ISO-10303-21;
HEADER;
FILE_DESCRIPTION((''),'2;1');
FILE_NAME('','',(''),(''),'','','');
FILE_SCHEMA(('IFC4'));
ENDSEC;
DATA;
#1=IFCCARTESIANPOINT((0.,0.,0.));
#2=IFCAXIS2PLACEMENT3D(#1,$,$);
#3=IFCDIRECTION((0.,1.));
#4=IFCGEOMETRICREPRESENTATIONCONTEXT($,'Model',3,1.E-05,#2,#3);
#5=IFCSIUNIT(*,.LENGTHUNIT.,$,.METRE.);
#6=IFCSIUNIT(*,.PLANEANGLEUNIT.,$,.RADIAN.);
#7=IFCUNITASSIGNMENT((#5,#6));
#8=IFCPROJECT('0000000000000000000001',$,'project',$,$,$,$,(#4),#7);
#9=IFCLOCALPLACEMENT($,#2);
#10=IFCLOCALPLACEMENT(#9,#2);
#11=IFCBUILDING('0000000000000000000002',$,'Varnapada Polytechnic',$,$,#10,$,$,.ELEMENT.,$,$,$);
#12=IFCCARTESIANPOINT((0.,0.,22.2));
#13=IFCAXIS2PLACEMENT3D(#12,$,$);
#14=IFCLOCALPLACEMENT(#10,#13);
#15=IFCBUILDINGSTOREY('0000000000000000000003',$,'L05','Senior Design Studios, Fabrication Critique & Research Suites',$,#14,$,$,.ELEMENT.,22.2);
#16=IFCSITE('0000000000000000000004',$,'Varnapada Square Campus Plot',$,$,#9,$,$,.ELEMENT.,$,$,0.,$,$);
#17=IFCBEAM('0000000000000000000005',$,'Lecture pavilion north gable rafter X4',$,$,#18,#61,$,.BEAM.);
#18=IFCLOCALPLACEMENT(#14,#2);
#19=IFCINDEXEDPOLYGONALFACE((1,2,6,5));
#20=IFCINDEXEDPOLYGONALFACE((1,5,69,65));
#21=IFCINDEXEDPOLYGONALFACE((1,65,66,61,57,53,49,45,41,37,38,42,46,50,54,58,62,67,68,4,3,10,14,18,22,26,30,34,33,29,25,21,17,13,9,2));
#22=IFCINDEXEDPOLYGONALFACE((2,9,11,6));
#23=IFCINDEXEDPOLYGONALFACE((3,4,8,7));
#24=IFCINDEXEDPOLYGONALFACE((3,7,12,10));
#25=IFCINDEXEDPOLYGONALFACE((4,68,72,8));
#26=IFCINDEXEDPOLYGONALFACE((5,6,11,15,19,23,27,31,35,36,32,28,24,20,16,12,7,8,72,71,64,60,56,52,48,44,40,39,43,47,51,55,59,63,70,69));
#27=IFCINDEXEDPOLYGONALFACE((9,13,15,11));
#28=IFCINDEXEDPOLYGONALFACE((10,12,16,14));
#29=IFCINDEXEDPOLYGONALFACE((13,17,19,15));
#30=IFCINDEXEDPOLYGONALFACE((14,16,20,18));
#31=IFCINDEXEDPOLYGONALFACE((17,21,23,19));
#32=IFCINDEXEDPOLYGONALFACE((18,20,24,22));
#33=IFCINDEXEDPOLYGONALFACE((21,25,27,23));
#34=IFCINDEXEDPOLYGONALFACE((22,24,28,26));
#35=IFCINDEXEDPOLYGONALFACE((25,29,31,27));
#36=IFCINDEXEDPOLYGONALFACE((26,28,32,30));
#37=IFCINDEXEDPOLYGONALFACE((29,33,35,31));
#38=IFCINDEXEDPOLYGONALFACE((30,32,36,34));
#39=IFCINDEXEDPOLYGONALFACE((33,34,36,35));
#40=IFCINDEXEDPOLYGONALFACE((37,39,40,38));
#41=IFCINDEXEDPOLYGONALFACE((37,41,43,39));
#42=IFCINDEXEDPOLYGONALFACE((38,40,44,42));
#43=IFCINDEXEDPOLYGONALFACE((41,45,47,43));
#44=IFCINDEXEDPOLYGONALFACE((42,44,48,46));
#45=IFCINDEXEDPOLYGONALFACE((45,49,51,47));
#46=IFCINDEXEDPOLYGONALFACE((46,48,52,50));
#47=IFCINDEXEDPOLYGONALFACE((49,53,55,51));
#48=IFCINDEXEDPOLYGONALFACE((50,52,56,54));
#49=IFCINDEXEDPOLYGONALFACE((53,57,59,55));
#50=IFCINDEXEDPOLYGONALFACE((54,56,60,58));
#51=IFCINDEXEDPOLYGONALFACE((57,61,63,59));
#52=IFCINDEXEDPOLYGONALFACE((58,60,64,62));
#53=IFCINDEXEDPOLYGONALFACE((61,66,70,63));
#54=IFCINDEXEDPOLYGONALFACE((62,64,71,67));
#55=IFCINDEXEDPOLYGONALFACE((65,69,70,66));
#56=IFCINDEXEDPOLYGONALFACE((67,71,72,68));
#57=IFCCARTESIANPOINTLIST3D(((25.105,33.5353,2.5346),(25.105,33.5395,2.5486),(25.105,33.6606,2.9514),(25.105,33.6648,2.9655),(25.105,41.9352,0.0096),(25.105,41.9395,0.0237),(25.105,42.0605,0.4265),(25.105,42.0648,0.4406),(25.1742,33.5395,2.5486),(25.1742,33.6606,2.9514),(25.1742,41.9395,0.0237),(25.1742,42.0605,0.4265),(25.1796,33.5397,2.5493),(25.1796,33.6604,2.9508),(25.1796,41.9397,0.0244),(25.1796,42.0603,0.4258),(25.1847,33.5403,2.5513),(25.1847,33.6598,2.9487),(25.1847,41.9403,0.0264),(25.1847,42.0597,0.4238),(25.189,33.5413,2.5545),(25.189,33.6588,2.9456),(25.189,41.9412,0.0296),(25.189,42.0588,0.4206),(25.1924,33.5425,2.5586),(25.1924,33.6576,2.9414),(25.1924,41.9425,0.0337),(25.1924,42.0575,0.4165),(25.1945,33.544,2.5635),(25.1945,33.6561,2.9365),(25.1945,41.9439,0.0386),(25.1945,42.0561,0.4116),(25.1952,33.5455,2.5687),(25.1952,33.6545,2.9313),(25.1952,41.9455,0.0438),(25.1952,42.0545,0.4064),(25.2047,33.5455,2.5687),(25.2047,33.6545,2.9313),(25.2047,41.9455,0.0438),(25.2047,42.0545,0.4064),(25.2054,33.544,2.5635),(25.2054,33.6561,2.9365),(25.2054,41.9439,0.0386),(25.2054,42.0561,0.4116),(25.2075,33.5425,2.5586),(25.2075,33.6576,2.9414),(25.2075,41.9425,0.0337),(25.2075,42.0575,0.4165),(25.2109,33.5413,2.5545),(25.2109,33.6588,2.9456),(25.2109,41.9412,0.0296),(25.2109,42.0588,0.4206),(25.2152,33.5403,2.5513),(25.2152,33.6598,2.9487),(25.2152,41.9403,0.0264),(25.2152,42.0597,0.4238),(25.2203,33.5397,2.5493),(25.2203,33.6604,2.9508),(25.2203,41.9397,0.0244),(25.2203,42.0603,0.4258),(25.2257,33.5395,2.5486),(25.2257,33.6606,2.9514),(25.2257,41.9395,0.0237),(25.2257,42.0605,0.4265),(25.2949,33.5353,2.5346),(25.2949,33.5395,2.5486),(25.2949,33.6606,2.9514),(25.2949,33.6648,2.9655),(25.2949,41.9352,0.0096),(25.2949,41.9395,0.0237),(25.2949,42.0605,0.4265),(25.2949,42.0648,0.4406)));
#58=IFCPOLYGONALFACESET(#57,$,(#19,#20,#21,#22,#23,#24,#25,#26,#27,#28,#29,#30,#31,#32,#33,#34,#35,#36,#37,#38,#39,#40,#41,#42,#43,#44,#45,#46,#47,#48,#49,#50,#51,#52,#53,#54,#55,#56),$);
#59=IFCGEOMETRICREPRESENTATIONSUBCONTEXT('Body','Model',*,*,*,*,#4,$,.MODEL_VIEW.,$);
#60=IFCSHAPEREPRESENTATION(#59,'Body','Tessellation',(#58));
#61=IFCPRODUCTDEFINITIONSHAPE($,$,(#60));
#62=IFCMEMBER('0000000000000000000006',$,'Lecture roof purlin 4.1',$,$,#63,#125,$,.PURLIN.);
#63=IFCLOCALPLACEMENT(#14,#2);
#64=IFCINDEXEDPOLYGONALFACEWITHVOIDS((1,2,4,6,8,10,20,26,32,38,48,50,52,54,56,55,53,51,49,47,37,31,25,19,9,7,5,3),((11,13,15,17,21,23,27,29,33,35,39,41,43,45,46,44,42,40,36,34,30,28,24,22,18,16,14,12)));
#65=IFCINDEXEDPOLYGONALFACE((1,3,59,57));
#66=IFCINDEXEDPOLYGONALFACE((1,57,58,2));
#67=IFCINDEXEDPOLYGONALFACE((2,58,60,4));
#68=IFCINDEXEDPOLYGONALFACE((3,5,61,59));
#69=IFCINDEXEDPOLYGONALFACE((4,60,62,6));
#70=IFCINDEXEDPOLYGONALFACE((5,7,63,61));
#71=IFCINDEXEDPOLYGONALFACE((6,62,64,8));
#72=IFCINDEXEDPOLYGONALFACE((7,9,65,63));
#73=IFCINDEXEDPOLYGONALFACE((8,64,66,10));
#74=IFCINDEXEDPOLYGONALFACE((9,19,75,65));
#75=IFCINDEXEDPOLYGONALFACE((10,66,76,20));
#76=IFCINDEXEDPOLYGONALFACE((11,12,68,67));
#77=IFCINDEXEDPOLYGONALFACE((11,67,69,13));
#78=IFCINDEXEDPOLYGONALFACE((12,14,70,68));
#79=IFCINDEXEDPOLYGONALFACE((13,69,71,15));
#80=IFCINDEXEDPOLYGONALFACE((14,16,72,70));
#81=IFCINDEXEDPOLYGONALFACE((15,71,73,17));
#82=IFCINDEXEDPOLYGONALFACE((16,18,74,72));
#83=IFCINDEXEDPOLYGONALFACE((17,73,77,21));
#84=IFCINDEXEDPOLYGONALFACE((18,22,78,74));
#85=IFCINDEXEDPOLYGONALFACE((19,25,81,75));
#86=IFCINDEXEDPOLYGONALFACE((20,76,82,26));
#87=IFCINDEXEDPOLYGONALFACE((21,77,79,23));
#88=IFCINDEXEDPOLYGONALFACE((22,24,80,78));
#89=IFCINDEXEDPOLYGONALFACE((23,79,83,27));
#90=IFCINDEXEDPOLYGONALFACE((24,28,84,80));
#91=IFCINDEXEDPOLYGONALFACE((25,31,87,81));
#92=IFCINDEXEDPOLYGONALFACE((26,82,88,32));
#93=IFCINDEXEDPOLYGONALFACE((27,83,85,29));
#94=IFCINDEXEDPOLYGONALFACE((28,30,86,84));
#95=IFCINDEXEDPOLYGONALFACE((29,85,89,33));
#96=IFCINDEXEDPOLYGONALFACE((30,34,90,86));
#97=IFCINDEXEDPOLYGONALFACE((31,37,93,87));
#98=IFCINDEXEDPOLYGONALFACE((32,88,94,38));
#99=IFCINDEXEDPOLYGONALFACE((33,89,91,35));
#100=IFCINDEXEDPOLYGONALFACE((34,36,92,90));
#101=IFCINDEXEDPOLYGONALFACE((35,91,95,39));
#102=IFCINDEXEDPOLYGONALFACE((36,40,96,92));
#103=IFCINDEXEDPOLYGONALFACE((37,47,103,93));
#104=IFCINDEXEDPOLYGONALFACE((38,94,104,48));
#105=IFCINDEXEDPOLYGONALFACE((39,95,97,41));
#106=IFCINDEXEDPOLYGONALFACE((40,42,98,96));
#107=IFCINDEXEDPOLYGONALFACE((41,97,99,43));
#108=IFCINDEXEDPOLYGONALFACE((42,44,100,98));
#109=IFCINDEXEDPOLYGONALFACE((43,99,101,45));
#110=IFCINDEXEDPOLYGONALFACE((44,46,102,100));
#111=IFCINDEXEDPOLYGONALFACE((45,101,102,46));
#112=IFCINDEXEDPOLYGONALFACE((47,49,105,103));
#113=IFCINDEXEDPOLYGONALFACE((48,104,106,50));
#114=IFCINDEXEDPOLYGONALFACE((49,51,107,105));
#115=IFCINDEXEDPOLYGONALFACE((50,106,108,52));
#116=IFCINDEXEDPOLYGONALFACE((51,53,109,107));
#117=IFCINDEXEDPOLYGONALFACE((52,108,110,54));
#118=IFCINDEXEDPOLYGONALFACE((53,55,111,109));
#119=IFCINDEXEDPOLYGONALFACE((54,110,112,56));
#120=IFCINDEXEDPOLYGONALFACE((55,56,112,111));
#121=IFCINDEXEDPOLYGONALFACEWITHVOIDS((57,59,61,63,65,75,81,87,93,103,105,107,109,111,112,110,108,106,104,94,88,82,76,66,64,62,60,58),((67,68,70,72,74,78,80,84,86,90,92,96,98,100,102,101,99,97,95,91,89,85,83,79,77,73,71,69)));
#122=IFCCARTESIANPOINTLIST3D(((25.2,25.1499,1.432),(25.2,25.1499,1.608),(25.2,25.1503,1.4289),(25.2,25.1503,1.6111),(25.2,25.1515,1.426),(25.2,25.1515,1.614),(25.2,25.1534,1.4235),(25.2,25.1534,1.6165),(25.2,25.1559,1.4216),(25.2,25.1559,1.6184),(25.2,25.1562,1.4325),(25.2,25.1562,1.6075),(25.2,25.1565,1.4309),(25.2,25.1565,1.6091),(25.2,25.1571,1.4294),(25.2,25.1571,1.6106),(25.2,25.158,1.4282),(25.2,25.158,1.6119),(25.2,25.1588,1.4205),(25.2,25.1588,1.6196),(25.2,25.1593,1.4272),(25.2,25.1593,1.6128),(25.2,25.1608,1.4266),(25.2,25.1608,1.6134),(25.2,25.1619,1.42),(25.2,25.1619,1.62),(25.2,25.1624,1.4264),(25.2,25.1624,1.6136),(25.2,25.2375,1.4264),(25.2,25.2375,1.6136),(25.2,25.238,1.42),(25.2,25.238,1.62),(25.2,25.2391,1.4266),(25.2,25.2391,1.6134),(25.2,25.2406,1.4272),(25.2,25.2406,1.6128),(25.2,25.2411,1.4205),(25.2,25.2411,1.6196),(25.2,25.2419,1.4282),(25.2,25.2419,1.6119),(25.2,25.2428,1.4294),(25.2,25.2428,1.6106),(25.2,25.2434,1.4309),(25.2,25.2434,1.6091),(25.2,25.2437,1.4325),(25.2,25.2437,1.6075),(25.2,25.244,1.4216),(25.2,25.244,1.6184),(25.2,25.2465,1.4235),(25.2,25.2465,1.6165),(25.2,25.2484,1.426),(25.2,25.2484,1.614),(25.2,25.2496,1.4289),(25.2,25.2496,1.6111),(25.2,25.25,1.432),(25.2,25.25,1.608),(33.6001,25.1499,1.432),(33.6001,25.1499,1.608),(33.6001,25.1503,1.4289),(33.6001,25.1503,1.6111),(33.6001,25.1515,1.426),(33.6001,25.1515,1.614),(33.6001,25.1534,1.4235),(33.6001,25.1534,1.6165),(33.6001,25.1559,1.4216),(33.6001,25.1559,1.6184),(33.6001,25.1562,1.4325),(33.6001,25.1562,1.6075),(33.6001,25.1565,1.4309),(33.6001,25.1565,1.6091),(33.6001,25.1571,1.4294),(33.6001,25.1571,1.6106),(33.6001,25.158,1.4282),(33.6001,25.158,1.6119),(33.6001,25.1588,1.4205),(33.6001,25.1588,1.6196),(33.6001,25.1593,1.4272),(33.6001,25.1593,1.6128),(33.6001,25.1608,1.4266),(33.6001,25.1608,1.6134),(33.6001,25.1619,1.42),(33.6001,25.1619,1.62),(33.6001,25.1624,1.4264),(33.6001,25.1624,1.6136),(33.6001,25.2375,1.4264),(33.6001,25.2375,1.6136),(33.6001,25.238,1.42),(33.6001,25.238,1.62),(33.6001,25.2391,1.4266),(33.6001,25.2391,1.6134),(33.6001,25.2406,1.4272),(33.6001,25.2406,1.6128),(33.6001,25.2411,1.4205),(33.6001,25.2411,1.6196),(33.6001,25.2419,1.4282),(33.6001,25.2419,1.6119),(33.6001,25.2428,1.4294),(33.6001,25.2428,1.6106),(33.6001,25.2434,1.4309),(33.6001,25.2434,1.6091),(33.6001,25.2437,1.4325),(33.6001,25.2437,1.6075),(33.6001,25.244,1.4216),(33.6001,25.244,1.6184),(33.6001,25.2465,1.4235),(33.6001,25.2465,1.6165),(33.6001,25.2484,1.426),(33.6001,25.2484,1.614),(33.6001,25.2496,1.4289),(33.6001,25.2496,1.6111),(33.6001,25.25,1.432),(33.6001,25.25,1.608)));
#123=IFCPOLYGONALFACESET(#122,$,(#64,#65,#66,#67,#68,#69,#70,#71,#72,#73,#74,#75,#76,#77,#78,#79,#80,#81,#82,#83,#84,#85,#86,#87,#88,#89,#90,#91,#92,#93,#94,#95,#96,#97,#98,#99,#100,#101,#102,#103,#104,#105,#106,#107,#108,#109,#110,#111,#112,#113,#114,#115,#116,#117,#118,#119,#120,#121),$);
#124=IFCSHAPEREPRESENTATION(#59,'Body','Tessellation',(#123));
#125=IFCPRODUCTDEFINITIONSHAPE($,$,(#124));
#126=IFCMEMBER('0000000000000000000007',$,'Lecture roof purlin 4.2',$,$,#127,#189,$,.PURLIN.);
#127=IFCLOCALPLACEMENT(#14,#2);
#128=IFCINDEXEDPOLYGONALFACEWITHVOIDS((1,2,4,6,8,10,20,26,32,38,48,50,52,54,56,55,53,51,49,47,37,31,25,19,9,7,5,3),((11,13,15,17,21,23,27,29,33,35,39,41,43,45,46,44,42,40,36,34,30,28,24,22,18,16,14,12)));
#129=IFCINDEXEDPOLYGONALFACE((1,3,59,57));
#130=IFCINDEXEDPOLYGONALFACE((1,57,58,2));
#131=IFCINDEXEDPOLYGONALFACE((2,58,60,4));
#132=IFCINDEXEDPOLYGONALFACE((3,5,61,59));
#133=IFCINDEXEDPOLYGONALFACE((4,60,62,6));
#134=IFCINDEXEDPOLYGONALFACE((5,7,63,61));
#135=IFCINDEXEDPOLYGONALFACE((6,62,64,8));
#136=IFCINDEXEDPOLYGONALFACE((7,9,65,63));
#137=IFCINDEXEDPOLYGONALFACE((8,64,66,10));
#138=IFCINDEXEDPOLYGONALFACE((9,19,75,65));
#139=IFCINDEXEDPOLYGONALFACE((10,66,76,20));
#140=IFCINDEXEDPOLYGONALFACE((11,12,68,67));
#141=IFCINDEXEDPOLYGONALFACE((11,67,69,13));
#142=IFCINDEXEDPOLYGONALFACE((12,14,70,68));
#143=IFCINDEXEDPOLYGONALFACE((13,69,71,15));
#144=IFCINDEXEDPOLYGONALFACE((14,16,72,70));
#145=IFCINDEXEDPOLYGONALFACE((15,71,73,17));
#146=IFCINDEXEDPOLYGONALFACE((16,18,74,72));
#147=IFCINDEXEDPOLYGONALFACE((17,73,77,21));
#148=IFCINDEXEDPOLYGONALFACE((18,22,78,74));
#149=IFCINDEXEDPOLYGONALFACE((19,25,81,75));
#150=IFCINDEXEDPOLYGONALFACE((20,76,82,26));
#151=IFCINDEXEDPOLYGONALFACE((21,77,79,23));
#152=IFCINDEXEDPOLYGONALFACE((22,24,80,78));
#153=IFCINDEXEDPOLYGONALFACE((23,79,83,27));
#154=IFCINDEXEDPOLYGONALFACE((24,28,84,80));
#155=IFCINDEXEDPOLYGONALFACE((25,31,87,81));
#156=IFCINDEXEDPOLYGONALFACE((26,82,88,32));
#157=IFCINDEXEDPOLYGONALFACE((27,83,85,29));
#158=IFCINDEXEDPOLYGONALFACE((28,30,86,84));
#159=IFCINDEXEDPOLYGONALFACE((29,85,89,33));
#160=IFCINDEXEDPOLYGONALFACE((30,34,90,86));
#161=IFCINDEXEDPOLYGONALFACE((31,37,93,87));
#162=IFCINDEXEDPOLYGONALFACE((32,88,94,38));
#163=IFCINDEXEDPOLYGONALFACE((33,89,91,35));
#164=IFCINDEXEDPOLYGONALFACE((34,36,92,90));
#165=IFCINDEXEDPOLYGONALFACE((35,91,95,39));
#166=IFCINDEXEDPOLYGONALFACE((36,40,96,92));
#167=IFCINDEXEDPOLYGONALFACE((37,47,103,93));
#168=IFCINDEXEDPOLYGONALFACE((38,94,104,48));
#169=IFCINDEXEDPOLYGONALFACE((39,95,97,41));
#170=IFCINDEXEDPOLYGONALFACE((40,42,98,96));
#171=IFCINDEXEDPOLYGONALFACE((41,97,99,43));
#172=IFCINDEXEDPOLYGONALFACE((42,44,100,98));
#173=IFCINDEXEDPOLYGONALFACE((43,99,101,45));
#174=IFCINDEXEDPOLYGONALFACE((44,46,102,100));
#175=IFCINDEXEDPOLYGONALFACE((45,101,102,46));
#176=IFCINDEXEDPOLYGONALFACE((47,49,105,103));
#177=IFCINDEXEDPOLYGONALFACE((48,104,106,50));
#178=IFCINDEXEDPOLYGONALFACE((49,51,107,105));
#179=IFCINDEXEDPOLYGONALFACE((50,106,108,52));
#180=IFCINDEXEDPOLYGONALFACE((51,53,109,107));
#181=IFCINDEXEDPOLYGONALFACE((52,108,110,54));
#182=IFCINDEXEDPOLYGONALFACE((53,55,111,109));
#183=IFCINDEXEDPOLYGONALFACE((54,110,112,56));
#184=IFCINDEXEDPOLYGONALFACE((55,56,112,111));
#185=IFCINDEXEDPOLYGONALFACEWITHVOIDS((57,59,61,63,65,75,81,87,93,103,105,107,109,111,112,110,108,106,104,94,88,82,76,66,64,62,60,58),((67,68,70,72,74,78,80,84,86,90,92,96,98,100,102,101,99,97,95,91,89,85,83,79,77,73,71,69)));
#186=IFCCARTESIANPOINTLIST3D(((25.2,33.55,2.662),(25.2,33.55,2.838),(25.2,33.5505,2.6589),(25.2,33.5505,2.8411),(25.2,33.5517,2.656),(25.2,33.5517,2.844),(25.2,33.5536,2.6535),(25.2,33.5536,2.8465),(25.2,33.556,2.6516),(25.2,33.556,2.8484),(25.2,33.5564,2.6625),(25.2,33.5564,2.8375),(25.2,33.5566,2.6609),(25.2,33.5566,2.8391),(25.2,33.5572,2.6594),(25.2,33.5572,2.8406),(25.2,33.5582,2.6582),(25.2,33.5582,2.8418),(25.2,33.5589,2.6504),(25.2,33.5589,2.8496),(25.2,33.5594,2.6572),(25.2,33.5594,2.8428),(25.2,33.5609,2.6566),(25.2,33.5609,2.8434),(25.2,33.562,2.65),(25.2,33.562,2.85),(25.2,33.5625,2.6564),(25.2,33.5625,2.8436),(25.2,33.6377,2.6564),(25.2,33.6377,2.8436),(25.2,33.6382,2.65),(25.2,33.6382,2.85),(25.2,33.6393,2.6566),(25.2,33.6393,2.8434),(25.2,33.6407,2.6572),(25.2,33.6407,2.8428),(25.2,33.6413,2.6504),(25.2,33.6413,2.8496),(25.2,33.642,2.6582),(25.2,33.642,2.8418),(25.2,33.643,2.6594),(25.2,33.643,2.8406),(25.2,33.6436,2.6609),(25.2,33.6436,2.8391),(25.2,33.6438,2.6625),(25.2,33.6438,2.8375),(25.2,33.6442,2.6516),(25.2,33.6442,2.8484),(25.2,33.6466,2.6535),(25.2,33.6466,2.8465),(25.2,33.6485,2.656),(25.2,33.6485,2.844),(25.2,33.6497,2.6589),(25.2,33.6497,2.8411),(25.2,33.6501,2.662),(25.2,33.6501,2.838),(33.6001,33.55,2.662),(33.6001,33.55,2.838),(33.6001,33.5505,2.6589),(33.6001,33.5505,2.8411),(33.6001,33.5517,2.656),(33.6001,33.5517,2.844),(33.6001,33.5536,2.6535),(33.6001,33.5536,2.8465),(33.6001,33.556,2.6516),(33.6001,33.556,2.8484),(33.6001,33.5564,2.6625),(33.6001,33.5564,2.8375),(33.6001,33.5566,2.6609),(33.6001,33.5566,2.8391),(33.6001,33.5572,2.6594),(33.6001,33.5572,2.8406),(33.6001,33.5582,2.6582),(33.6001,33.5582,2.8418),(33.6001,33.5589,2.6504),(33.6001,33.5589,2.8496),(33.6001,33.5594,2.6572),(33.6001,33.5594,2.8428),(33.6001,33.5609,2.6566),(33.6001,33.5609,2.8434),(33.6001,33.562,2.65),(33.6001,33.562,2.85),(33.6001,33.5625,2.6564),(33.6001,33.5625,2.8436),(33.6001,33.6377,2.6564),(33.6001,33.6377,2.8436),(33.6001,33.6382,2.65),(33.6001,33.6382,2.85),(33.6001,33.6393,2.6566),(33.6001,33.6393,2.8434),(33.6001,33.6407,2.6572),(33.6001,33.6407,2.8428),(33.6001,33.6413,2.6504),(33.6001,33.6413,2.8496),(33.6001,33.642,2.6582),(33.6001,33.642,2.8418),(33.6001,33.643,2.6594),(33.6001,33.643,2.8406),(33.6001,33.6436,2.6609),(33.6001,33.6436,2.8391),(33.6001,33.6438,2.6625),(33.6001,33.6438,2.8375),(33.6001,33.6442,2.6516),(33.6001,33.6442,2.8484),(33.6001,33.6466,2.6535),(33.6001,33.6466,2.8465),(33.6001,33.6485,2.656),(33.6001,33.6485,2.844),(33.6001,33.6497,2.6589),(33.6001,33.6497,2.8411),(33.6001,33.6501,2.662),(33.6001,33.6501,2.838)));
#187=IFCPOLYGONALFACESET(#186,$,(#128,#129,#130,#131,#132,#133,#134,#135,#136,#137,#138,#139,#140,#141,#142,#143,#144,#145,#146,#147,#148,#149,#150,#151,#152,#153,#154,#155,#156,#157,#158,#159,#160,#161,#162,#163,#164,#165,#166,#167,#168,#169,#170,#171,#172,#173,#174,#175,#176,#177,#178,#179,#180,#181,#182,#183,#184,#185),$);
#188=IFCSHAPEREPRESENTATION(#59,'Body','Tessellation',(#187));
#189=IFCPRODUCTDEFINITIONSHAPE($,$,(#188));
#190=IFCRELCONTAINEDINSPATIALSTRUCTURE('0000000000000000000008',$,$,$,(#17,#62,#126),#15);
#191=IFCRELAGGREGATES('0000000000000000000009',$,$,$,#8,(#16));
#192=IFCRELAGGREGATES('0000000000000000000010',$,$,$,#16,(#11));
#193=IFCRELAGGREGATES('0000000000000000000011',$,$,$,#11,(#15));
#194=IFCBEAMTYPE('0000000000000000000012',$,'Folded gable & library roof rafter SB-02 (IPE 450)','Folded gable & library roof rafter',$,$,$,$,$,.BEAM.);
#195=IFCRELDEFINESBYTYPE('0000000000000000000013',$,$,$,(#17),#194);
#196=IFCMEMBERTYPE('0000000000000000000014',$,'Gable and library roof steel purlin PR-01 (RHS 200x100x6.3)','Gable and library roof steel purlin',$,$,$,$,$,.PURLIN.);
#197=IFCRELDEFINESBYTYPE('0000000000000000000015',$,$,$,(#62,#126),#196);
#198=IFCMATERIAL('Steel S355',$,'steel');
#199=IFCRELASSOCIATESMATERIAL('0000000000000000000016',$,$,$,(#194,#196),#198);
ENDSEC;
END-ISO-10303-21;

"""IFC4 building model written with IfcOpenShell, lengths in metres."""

from ifc_helpers import new_model, si_unit, direction, frame, origin, origin_2d, place, context, subcontext, project, spatial, hollow_rectangle, i_section, extrude, material, material_profile, profile_set, type_object, element, save


model = new_model("IFC4")

# Units and contexts
model_context = context("Model", 3, precision=1e-05, world=origin(), true_north=direction((0.0, 1.0)))
body_context = subcontext(model_context, "Body", "Model", "MODEL_VIEW")
ifc_project = project(units=[si_unit("LENGTHUNIT", "METRE"), si_unit("PLANEANGLEUNIT", "RADIAN")], contexts=[model_context])

# Site, building, storey
site_placement = place(None, origin())
site = spatial("IfcSite", under=ifc_project, at=site_placement, Name="Varnapada Square Campus Plot", CompositionType="ELEMENT", RefElevation=0.0)
building_placement = place(site_placement, origin())
building = spatial("IfcBuilding", under=site, at=building_placement, Name="Varnapada Polytechnic", CompositionType="ELEMENT")
storey_placement = place(building_placement, frame((0.0, 0.0, 22.2)))
storey = spatial("IfcBuildingStorey", under=building, at=storey_placement, Name="L05", Description="Senior Design Studios, Fabrication Critique & Research Suites", CompositionType="ELEMENT", Elevation=22.2)

# Beam
ifc_material_1 = material(Name="Steel S355", Category="steel")
ifc_material_profile_1 = material_profile(ifc_material_1, i_section(OverallWidth=0.1899, OverallDepth=0.45, WebThickness=0.0095, FlangeThickness=0.0146, FilletRadius=0.021, at=origin_2d()), Name="IPE 450")
ifc_profile_set_1 = profile_set([ifc_material_profile_1], Name="Steel S355")
beam_type_1 = type_object("IfcBeamType", Name="Folded gable & library roof rafter SB-02 (IPE 450)", Description="Folded gable & library roof rafter", PredefinedType="BEAM", material=ifc_profile_set_1)
beam_1_placement = place(storey_placement, frame((25.2, 42.0, 0.2251), z_axis=(0.0, -0.957671, 0.287864), x_axis=(1.0, 0.0, 0.0)))
element("IfcBeam", 1, at=beam_1_placement, inside=storey, type_object=beam_type_1, Name="Lecture pavilion north gable rafter X4", PredefinedType="BEAM", context=body_context, shape_type="SweptSolid", body=[
    extrude(i_section(OverallWidth=0.1899, OverallDepth=0.45, WebThickness=0.0095, FlangeThickness=0.0146, FilletRadius=0.021, at=origin_2d()), origin(), (0.0, 0.0, 1.0), 8.7712),
])

# Members
ifc_material_profile_2 = material_profile(ifc_material_1, hollow_rectangle(XDim=0.1001, YDim=0.2, WallThickness=0.0063, InnerFilletRadius=0.0061, OuterFilletRadius=0.012, at=origin_2d()), Name="RHS 200x100x6.3")
ifc_profile_set_2 = profile_set([ifc_material_profile_2], Name="Steel S355")
member_type_1 = type_object("IfcMemberType", Name="Gable and library roof steel purlin PR-01 (RHS 200x100x6.3)", Description="Gable and library roof steel purlin", PredefinedType="PURLIN", material=ifc_profile_set_2)
for number, where, z_axis, x_axis, name in (
    (2, (25.2, 25.2, 1.52), (1.0, 0.0, 0.0), (0.0, 1.0, 0.0), "Lecture roof purlin 4.1"),
    (3, (25.2, 33.6001, 2.75), (1.0, 0.0, 0.0), (0.0, 1.0, 0.0), "Lecture roof purlin 4.2"),
):
    element("IfcMember", number, at=place(storey_placement, frame(where, z_axis=z_axis, x_axis=x_axis)), inside=storey, type_object=member_type_1, Name=name, PredefinedType="PURLIN", context=body_context, shape_type="SweptSolid", body=[
        extrude(hollow_rectangle(XDim=0.1001, YDim=0.2, WallThickness=0.0063, InnerFilletRadius=0.0061, OuterFilletRadius=0.012, at=origin_2d()), origin(), (0.0, 0.0, 1.0), 8.4001),
    ])

save(model, "model.ifc")
